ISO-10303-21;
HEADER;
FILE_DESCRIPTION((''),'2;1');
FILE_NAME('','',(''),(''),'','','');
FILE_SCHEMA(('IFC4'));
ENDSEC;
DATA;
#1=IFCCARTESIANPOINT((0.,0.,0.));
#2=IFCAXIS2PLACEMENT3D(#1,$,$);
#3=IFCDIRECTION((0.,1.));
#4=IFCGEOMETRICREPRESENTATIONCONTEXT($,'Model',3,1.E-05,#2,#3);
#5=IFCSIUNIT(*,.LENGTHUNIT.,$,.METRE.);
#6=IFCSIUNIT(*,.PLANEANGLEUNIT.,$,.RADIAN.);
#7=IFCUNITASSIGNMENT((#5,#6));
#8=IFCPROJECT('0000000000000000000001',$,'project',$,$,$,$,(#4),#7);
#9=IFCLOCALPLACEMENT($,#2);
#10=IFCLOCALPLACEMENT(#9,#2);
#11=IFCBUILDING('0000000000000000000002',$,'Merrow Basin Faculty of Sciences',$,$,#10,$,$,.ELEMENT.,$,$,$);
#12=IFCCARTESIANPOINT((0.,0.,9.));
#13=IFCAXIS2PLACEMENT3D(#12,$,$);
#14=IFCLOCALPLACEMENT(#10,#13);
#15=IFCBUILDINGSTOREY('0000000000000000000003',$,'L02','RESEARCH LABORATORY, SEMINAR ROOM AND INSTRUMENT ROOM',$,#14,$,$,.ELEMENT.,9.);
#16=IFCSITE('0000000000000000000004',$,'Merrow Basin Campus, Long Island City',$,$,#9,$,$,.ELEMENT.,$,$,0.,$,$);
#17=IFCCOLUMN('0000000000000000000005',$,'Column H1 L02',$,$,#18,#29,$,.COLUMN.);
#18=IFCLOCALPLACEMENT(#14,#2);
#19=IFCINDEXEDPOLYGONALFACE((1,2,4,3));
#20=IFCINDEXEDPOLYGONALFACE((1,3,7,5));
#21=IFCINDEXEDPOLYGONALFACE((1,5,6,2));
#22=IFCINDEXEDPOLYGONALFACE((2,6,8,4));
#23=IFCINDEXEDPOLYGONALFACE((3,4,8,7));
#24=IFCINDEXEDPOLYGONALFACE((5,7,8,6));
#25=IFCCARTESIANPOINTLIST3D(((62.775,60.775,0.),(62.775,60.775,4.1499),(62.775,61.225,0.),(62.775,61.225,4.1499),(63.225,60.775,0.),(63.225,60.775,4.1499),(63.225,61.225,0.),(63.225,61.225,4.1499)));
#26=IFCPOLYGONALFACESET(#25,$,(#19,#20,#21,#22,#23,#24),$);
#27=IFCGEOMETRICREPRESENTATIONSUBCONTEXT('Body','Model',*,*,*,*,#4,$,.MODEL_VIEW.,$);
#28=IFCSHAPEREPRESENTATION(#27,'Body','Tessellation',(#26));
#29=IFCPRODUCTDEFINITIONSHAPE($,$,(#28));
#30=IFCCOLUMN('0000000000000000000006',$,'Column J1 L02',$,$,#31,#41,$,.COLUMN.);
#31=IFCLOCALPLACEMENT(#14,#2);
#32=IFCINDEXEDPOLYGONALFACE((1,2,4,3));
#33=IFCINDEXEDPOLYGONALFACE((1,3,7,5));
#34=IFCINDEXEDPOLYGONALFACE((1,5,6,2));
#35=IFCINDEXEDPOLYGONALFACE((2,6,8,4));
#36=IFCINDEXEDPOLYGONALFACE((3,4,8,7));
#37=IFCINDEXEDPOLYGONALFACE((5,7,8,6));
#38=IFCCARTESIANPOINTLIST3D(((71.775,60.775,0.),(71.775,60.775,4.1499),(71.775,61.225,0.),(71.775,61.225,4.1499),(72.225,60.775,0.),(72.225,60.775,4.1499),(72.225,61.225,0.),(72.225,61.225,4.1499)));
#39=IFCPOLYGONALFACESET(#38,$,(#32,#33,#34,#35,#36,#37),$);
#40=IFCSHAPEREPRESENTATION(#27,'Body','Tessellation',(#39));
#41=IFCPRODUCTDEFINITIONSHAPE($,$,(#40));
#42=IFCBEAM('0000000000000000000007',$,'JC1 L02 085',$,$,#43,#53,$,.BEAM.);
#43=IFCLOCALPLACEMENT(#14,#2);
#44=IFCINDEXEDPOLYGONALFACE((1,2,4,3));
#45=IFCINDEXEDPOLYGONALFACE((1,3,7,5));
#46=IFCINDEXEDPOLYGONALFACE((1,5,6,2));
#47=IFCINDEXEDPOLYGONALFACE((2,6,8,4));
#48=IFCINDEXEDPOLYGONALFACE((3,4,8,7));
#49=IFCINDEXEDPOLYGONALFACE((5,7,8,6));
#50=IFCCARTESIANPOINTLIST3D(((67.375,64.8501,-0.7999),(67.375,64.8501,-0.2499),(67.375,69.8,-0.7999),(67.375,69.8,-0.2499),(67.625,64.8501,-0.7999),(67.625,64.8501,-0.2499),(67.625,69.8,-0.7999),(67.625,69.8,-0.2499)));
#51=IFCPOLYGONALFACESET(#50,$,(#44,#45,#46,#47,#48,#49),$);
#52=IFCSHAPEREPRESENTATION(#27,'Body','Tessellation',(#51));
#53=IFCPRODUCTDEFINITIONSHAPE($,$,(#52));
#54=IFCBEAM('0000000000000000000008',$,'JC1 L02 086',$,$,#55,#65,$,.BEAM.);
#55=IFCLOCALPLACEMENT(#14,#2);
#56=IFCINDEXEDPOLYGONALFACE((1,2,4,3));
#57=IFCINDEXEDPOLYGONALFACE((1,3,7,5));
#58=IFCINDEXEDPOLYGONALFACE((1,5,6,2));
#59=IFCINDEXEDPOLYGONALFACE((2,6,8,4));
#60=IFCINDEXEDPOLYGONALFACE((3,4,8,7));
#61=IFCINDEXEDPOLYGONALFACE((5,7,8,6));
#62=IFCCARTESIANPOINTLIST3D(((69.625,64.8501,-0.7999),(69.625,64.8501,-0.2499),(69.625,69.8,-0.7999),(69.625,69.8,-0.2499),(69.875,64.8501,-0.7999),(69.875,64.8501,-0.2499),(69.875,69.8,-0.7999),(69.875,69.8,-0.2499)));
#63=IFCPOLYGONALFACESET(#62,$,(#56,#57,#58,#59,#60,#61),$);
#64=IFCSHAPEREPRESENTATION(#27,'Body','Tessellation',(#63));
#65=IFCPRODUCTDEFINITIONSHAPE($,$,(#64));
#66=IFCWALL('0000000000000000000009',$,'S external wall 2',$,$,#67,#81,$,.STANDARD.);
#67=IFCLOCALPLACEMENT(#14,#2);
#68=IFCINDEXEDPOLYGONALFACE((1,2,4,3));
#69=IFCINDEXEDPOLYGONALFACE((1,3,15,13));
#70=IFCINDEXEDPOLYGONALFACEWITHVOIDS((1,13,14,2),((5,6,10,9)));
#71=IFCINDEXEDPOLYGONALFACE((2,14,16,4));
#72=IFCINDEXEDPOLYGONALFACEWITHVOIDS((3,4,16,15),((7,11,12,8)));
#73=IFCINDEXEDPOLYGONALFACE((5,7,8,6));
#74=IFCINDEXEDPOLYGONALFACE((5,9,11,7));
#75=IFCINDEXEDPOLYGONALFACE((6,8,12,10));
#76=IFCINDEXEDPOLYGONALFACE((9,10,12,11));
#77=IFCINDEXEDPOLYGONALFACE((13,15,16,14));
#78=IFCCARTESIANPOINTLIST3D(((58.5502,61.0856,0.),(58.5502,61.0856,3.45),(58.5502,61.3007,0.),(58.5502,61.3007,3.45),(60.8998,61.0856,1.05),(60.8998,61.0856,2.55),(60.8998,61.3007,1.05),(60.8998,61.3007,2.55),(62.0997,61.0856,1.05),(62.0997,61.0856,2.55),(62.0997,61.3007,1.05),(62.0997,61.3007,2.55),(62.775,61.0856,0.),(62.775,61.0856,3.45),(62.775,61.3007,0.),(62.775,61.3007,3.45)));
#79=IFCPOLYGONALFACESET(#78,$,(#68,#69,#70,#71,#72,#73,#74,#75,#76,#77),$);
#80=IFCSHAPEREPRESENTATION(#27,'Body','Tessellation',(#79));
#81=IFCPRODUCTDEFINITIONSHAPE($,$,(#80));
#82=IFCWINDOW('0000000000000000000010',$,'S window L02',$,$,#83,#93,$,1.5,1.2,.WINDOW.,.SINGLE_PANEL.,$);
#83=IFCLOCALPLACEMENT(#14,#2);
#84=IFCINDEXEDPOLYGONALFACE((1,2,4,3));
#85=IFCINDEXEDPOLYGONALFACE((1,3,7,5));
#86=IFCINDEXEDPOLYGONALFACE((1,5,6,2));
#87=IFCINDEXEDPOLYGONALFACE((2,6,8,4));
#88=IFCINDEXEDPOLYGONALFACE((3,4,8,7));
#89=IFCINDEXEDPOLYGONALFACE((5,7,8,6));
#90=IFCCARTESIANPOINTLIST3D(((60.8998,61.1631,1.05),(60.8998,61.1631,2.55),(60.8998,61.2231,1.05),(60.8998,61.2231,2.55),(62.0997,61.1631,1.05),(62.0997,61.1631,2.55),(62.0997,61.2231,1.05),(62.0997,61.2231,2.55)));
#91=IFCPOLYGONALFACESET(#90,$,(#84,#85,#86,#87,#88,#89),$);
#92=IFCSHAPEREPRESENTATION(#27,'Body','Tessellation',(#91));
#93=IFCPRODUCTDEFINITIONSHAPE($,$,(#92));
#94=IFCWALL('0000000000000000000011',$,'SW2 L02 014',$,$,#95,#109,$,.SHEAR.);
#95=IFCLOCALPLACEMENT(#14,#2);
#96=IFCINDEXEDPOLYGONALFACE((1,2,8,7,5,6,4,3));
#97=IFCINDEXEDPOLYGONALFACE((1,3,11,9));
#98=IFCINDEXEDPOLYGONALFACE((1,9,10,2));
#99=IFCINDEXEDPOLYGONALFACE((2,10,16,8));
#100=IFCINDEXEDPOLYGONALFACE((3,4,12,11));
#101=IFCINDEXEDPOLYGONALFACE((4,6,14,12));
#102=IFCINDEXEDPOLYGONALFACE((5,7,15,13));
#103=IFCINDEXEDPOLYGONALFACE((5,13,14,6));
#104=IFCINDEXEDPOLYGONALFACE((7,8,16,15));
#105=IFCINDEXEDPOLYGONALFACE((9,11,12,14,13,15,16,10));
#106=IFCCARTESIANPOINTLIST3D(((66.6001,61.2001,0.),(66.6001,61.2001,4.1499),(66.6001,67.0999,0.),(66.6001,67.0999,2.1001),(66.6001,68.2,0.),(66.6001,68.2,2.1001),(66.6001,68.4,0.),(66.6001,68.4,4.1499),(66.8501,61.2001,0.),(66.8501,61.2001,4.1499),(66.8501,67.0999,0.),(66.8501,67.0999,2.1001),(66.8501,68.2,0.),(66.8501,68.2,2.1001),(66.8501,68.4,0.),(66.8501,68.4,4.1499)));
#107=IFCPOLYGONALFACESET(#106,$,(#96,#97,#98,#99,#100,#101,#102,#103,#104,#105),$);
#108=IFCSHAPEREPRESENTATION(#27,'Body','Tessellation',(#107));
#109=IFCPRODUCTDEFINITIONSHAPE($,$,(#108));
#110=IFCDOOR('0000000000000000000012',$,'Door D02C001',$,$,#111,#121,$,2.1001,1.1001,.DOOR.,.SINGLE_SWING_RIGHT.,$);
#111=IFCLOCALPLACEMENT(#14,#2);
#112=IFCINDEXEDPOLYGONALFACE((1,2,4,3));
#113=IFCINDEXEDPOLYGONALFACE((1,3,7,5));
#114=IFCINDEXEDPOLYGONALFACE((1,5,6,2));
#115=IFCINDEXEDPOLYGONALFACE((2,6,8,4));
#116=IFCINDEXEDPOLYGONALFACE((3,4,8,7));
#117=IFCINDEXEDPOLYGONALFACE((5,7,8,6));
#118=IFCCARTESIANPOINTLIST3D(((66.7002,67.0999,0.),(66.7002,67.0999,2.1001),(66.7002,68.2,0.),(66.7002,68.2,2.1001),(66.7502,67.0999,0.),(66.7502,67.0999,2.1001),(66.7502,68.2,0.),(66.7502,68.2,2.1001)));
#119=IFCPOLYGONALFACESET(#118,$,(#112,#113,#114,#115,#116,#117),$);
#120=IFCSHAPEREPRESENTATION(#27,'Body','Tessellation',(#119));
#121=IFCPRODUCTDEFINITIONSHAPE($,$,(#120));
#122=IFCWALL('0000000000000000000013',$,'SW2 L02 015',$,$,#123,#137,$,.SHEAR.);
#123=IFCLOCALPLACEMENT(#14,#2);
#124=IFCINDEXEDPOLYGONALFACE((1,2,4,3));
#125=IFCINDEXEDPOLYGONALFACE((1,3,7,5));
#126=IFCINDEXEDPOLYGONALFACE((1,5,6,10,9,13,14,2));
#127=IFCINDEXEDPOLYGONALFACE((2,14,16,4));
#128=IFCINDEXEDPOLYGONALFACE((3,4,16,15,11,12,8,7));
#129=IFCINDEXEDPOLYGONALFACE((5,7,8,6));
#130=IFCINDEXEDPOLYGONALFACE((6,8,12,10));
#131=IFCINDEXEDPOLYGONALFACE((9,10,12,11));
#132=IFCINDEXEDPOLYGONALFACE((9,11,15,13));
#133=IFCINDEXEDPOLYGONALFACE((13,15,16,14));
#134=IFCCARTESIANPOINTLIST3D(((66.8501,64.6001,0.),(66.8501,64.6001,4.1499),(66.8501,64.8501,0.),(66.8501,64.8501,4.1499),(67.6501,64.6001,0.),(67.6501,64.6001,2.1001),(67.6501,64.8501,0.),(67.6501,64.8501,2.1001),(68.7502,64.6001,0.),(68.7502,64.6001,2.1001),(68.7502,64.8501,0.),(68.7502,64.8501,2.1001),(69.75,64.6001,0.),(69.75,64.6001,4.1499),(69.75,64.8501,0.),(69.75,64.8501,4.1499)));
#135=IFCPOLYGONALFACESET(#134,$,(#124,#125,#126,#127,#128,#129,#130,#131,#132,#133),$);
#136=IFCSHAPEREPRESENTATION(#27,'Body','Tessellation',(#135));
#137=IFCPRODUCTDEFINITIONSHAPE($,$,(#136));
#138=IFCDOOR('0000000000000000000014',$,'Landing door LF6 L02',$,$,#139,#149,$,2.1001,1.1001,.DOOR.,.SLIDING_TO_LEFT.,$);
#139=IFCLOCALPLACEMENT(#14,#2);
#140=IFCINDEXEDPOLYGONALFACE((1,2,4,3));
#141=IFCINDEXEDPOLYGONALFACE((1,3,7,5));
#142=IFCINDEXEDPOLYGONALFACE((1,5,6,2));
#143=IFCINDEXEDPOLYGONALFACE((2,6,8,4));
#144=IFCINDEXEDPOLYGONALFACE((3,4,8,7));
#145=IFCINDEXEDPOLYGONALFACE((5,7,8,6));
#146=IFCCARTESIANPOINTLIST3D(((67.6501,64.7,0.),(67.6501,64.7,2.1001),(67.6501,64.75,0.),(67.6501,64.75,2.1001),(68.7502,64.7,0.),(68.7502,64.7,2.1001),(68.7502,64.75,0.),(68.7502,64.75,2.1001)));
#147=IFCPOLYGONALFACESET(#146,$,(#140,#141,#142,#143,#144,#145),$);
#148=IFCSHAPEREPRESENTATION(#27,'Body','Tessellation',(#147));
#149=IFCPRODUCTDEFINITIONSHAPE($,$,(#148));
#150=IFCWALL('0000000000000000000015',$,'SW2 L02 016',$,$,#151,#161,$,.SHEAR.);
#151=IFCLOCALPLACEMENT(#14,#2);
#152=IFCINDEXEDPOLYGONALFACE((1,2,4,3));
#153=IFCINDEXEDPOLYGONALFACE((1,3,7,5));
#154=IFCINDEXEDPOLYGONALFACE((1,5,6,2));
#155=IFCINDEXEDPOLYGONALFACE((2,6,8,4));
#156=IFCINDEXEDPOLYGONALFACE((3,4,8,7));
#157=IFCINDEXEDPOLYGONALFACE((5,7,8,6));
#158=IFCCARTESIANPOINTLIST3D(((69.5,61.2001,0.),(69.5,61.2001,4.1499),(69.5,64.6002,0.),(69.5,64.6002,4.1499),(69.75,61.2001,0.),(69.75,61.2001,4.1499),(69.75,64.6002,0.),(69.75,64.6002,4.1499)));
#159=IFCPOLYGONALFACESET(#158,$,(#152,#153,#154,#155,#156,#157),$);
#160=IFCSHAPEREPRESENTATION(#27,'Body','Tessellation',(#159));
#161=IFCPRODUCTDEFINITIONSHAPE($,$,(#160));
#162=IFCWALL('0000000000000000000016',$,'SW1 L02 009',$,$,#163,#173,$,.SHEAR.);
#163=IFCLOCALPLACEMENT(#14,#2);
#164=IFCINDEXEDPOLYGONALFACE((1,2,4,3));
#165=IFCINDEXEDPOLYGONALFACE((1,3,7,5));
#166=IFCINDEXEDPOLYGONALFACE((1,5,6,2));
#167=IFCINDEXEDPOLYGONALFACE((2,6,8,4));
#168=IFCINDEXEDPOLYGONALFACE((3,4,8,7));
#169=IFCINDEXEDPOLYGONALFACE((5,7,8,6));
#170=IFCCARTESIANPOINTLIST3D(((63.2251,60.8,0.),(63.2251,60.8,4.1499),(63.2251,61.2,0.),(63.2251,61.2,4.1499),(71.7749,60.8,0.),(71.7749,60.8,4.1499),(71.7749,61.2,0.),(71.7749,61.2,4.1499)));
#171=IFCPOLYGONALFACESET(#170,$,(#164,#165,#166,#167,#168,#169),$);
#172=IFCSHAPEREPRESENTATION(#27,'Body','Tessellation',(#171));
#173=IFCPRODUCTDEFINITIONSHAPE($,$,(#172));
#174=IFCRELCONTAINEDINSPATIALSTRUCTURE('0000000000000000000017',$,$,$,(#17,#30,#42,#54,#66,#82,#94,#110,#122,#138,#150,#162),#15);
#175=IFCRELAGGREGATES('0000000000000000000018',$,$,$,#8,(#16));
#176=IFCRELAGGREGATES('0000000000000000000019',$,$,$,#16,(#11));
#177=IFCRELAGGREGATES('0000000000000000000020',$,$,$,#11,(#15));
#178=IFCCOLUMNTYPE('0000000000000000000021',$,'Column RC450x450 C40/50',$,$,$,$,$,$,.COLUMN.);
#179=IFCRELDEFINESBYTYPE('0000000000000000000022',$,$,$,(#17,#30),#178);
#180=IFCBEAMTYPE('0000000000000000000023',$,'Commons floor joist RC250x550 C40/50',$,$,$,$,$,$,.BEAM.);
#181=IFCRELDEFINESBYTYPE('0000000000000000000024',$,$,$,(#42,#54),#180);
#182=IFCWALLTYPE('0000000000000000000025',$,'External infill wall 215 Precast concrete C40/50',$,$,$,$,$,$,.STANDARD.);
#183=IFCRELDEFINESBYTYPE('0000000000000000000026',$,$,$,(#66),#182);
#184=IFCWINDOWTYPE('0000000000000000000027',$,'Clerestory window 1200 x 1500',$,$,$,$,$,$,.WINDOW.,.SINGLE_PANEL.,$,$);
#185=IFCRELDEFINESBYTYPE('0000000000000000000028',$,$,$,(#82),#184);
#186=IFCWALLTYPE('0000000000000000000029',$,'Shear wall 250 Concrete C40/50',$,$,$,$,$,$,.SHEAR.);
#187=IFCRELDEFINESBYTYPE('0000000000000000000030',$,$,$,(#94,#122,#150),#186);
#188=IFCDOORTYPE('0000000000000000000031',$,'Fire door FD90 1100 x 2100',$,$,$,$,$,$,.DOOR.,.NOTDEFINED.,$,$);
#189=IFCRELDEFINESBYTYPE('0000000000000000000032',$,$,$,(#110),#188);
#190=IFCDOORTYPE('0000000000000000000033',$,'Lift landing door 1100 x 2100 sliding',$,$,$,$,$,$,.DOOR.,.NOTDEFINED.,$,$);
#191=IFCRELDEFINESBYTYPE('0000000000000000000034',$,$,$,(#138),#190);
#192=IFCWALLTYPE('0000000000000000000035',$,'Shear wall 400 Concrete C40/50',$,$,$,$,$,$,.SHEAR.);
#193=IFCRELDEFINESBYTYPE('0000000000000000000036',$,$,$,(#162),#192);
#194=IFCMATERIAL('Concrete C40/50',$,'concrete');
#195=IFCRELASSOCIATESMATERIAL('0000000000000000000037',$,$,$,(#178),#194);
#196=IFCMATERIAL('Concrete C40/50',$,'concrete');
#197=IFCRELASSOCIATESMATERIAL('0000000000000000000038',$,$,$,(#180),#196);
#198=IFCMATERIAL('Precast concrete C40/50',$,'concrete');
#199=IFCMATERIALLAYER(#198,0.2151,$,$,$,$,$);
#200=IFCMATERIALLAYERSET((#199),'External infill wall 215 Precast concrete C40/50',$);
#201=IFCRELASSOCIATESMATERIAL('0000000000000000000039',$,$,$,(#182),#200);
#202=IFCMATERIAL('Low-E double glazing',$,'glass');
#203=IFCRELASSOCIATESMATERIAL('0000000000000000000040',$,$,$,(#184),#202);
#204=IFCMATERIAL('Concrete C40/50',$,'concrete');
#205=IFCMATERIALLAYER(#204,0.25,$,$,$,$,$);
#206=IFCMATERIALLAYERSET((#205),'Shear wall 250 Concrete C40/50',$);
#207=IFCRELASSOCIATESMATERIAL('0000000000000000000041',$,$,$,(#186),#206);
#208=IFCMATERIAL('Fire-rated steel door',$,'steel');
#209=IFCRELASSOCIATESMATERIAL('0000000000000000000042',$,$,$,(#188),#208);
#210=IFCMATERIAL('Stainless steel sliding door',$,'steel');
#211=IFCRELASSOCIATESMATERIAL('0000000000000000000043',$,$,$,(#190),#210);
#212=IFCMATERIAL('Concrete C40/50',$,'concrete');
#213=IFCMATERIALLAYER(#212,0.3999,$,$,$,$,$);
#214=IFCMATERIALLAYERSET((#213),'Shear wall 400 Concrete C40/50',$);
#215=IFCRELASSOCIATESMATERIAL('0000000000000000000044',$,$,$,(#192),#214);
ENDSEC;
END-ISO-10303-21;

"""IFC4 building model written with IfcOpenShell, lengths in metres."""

from ifc_helpers import new_model, si_unit, direction, frame, frame_2d, origin, origin_2d, place, context, subcontext, project, spatial, rectangle, extrude, material, layer, layer_set, material_profile, profile_set, type_object, element, fill, save


model = new_model("IFC4")

# Units and contexts
model_context = context("Model", 3, precision=1e-05, world=origin(), true_north=direction((0.0, 1.0)))
body_context = subcontext(model_context, "Body", "Model", "MODEL_VIEW")
ifc_project = project(units=[si_unit("LENGTHUNIT", "METRE"), si_unit("PLANEANGLEUNIT", "RADIAN")], contexts=[model_context])

# Site, building, storey
site_placement = place(None, origin())
site = spatial("IfcSite", under=ifc_project, at=site_placement, Name="Merrow Basin Campus, Long Island City", CompositionType="ELEMENT", RefElevation=0.0)
building_placement = place(site_placement, origin())
building = spatial("IfcBuilding", under=site, at=building_placement, Name="Merrow Basin Faculty of Sciences", CompositionType="ELEMENT")
storey_placement = place(building_placement, frame((0.0, 0.0, 9.0)))
storey = spatial("IfcBuildingStorey", under=building, at=storey_placement, Name="L02", Description="RESEARCH LABORATORY, SEMINAR ROOM AND INSTRUMENT ROOM", CompositionType="ELEMENT", Elevation=9.0)

# Columns
ifc_material_1 = material(Name="Concrete C40/50", Category="concrete")
ifc_material_profile_1 = material_profile(ifc_material_1, rectangle(XDim=0.45, YDim=0.45, at=origin_2d()))
ifc_profile_set_1 = profile_set([ifc_material_profile_1], Name="Concrete C40/50")
column_type = type_object("IfcColumnType", Name="Column RC450x450 C40/50", PredefinedType="COLUMN", material=ifc_profile_set_1)
for number, where, z_axis, x_axis, name in (
    (1, (63.0, 61.0, 0.0), (0.0, 0.0, 1.0), (1.0, 0.0, 0.0), "Column H1 L02"),
    (2, (72.0, 61.0, 0.0), (0.0, 0.0, 1.0), (1.0, 0.0, 0.0), "Column J1 L02"),
):
    element("IfcColumn", number, at=place(storey_placement, frame(where, z_axis=z_axis, x_axis=x_axis)), inside=storey, type_object=column_type, Name=name, PredefinedType="COLUMN", context=body_context, shape_type="SweptSolid", body=[
        extrude(rectangle(XDim=0.45, YDim=0.45, at=origin_2d()), origin(), (0.0, 0.0, 1.0), 4.1499),
    ])

# Beams
ifc_material_2 = material(Name="Concrete C40/50", Category="concrete")
ifc_material_profile_2 = material_profile(ifc_material_2, rectangle(XDim=0.25, YDim=0.55, at=origin_2d()))
ifc_profile_set_2 = profile_set([ifc_material_profile_2], Name="Concrete C40/50")
beam_type = type_object("IfcBeamType", Name="Commons floor joist RC250x550 C40/50", PredefinedType="BEAM", material=ifc_profile_set_2)
for number, where, z_axis, x_axis, name in (
    (3, (67.5, 64.8501, -0.5249), (0.0, 1.0, 0.0), (-1.0, 0.0, 0.0), "JC1 L02 085"),
    (4, (69.75, 64.8501, -0.5249), (0.0, 1.0, 0.0), (-1.0, 0.0, 0.0), "JC1 L02 086"),
):
    element("IfcBeam", number, at=place(storey_placement, frame(where, z_axis=z_axis, x_axis=x_axis)), inside=storey, type_object=beam_type, Name=name, PredefinedType="BEAM", context=body_context, shape_type="SweptSolid", body=[
        extrude(rectangle(XDim=0.25, YDim=0.55, at=origin_2d()), origin(), (0.0, 0.0, 1.0), 4.95),
    ])

# Wall, opening, window
ifc_material_3 = material(Name="Precast concrete C40/50", Category="concrete")
ifc_layer_1 = layer(ifc_material_3, 0.2151)
ifc_layer_set_1 = layer_set([ifc_layer_1], Name="External infill wall 215 Precast concrete C40/50")
wall_type_1 = type_object("IfcWallType", Name="External infill wall 215 Precast concrete C40/50", PredefinedType="STANDARD", material=ifc_layer_set_1)
wall_1_placement = place(storey_placement, frame((62.7749, 61.1931, 0.0), z_axis=(0.0, 0.0, 1.0), x_axis=(-1.0, 0.0, 0.0)))
wall_1 = element("IfcWall", 5, at=wall_1_placement, inside=storey, type_object=wall_type_1, Name="S external wall 2", PredefinedType="STANDARD", context=body_context, shape_type="SweptSolid", body=[
    extrude(rectangle(XDim=4.2249, YDim=0.2151, at=frame_2d((2.1123, 0.0))), origin(), (0.0, 0.0, 1.0), 3.45),
])
opening_1_placement = place(wall_1_placement, frame((0.675, 0.0, 1.05)))
opening_1 = element("IfcOpeningElement", 6, at=opening_1_placement, cuts=wall_1, PredefinedType="OPENING", context=body_context, shape_type="SweptSolid", body=[
    extrude(rectangle(XDim=1.2, YDim=1.5, at=frame_2d((0.6001, 0.75))), frame((0.0, 0.1174, 0.0), z_axis=(0.0, -1.0, 0.0), x_axis=(1.0, 0.0, 0.0)), (0.0, 0.0, 1.0), 0.2351),
])
ifc_material_4 = material(Name="Low-E double glazing", Category="glass")
window_type = type_object("IfcWindowType", Name="Clerestory window 1200 x 1500", PartitioningType="SINGLE_PANEL", PredefinedType="WINDOW", material=ifc_material_4)
window_placement = place(opening_1_placement, origin())
window = element("IfcWindow", 7, at=window_placement, inside=storey, type_object=window_type, Name="S window L02", OverallHeight=1.5, OverallWidth=1.2, PartitioningType="SINGLE_PANEL", PredefinedType="WINDOW", context=body_context, shape_type="SweptSolid", body=[
    extrude(rectangle(XDim=1.2, YDim=1.5, at=frame_2d((0.6001, 0.75))), frame((0.0, 0.03, 0.0), z_axis=(0.0, -1.0, 0.0), x_axis=(1.0, 0.0, 0.0)), (0.0, 0.0, 1.0), 0.0601),
])
fill(opening_1, window)

# Walls, openings, doors
ifc_material_5 = material(Name="Concrete C40/50", Category="concrete")
ifc_layer_2 = layer(ifc_material_5, 0.25)
ifc_layer_set_2 = layer_set([ifc_layer_2], Name="Shear wall 250 Concrete C40/50")
wall_type_2 = type_object("IfcWallType", Name="Shear wall 250 Concrete C40/50", PredefinedType="SHEAR", material=ifc_layer_set_2)
wall_2_placement = place(storey_placement, frame((66.7251, 61.2, 0.0), z_axis=(0.0, 0.0, 1.0), x_axis=(0.0, 1.0, 0.0)))
wall_2 = element("IfcWall", 8, at=wall_2_placement, inside=storey, type_object=wall_type_2, Name="SW2 L02 014", PredefinedType="SHEAR", context=body_context, shape_type="SweptSolid", body=[
    extrude(rectangle(XDim=7.2, YDim=0.25, at=frame_2d((3.6001, 0.0))), origin(), (0.0, 0.0, 1.0), 4.1499),
])
opening_2_placement = place(wall_2_placement, frame((5.8999, 0.0, 0.0)))
opening_2 = element("IfcOpeningElement", 9, at=opening_2_placement, cuts=wall_2, PredefinedType="OPENING", context=body_context, shape_type="SweptSolid", body=[
    extrude(rectangle(XDim=1.1001, YDim=2.1001, at=frame_2d((0.55, 1.05))), frame((0.0, 0.135, 0.0), z_axis=(0.0, -1.0, 0.0), x_axis=(1.0, 0.0, 0.0)), (0.0, 0.0, 1.0), 0.27),
])
ifc_material_6 = material(Name="Fire-rated steel door", Category="steel")
door_type_1 = type_object("IfcDoorType", Name="Fire door FD90 1100 x 2100", OperationType="NOTDEFINED", PredefinedType="DOOR", material=ifc_material_6)
door_1_placement = place(opening_2_placement, origin())
door_1 = element("IfcDoor", 10, at=door_1_placement, inside=storey, type_object=door_type_1, Name="Door D02C001", OperationType="SINGLE_SWING_RIGHT", OverallHeight=2.1001, OverallWidth=1.1001, PredefinedType="DOOR", context=body_context, shape_type="SweptSolid", body=[
    extrude(rectangle(XDim=1.1001, YDim=2.1001, at=frame_2d((0.55, 1.05))), frame((0.0, 0.0249, 0.0), z_axis=(0.0, -1.0, 0.0), x_axis=(1.0, 0.0, 0.0)), (0.0, 0.0, 1.0), 0.05),
])
fill(opening_2, door_1)
wall_3_placement = place(storey_placement, frame((66.8501, 64.7251, 0.0), z_axis=(0.0, 0.0, 1.0), x_axis=(1.0, 0.0, 0.0)))
wall_3 = element("IfcWall", 11, at=wall_3_placement, inside=storey, type_object=wall_type_2, Name="SW2 L02 015", PredefinedType="SHEAR", context=body_context, shape_type="SweptSolid", body=[
    extrude(rectangle(XDim=2.8999, YDim=0.25, at=frame_2d((1.45, 0.0))), origin(), (0.0, 0.0, 1.0), 4.1499),
])
opening_3_placement = place(wall_3_placement, frame((0.8, 0.0, 0.0)))
opening_3 = element("IfcOpeningElement", 12, at=opening_3_placement, cuts=wall_3, PredefinedType="OPENING", context=body_context, shape_type="SweptSolid", body=[
    extrude(rectangle(XDim=1.1001, YDim=2.1001, at=frame_2d((0.55, 1.05))), frame((0.0, 0.135, 0.0), z_axis=(0.0, -1.0, 0.0), x_axis=(1.0, 0.0, 0.0)), (0.0, 0.0, 1.0), 0.27),
])
ifc_material_7 = material(Name="Stainless steel sliding door", Category="steel")
door_type_2 = type_object("IfcDoorType", Name="Lift landing door 1100 x 2100 sliding", OperationType="NOTDEFINED", PredefinedType="DOOR", material=ifc_material_7)
door_2_placement = place(opening_3_placement, origin())
door_2 = element("IfcDoor", 13, at=door_2_placement, inside=storey, type_object=door_type_2, Name="Landing door LF6 L02", OperationType="SLIDING_TO_LEFT", OverallHeight=2.1001, OverallWidth=1.1001, PredefinedType="DOOR", context=body_context, shape_type="SweptSolid", body=[
    extrude(rectangle(XDim=1.1001, YDim=2.1001, at=frame_2d((0.55, 1.05))), frame((0.0, 0.0249, 0.0), z_axis=(0.0, -1.0, 0.0), x_axis=(1.0, 0.0, 0.0)), (0.0, 0.0, 1.0), 0.05),
])
fill(opening_3, door_2)

# Walls
wall_4_placement = place(storey_placement, frame((69.625, 61.2, 0.0), z_axis=(0.0, 0.0, 1.0), x_axis=(0.0, 1.0, 0.0)))
element("IfcWall", 14, at=wall_4_placement, inside=storey, type_object=wall_type_2, Name="SW2 L02 016", PredefinedType="SHEAR", context=body_context, shape_type="SweptSolid", body=[
    extrude(rectangle(XDim=3.4001, YDim=0.25, at=frame_2d((1.7002, 0.0))), origin(), (0.0, 0.0, 1.0), 4.1499),
])
ifc_material_8 = material(Name="Concrete C40/50", Category="concrete")
ifc_layer_3 = layer(ifc_material_8, 0.3999)
ifc_layer_set_3 = layer_set([ifc_layer_3], Name="Shear wall 400 Concrete C40/50")
wall_type_3 = type_object("IfcWallType", Name="Shear wall 400 Concrete C40/50", PredefinedType="SHEAR", material=ifc_layer_set_3)
for number, where, z_axis, x_axis, name in (
    (15, (63.2251, 61.0, 0.0), (0.0, 0.0, 1.0), (1.0, 0.0, 0.0), "SW1 L02 009"),
):
    element("IfcWall", number, at=place(storey_placement, frame(where, z_axis=z_axis, x_axis=x_axis)), inside=storey, type_object=wall_type_3, Name=name, PredefinedType="SHEAR", context=body_context, shape_type="SweptSolid", body=[
        extrude(rectangle(XDim=8.5498, YDim=0.3999, at=frame_2d((4.2749, 0.0))), origin(), (0.0, 0.0, 1.0), 4.1499),
    ])

save(model, "model.ifc")
